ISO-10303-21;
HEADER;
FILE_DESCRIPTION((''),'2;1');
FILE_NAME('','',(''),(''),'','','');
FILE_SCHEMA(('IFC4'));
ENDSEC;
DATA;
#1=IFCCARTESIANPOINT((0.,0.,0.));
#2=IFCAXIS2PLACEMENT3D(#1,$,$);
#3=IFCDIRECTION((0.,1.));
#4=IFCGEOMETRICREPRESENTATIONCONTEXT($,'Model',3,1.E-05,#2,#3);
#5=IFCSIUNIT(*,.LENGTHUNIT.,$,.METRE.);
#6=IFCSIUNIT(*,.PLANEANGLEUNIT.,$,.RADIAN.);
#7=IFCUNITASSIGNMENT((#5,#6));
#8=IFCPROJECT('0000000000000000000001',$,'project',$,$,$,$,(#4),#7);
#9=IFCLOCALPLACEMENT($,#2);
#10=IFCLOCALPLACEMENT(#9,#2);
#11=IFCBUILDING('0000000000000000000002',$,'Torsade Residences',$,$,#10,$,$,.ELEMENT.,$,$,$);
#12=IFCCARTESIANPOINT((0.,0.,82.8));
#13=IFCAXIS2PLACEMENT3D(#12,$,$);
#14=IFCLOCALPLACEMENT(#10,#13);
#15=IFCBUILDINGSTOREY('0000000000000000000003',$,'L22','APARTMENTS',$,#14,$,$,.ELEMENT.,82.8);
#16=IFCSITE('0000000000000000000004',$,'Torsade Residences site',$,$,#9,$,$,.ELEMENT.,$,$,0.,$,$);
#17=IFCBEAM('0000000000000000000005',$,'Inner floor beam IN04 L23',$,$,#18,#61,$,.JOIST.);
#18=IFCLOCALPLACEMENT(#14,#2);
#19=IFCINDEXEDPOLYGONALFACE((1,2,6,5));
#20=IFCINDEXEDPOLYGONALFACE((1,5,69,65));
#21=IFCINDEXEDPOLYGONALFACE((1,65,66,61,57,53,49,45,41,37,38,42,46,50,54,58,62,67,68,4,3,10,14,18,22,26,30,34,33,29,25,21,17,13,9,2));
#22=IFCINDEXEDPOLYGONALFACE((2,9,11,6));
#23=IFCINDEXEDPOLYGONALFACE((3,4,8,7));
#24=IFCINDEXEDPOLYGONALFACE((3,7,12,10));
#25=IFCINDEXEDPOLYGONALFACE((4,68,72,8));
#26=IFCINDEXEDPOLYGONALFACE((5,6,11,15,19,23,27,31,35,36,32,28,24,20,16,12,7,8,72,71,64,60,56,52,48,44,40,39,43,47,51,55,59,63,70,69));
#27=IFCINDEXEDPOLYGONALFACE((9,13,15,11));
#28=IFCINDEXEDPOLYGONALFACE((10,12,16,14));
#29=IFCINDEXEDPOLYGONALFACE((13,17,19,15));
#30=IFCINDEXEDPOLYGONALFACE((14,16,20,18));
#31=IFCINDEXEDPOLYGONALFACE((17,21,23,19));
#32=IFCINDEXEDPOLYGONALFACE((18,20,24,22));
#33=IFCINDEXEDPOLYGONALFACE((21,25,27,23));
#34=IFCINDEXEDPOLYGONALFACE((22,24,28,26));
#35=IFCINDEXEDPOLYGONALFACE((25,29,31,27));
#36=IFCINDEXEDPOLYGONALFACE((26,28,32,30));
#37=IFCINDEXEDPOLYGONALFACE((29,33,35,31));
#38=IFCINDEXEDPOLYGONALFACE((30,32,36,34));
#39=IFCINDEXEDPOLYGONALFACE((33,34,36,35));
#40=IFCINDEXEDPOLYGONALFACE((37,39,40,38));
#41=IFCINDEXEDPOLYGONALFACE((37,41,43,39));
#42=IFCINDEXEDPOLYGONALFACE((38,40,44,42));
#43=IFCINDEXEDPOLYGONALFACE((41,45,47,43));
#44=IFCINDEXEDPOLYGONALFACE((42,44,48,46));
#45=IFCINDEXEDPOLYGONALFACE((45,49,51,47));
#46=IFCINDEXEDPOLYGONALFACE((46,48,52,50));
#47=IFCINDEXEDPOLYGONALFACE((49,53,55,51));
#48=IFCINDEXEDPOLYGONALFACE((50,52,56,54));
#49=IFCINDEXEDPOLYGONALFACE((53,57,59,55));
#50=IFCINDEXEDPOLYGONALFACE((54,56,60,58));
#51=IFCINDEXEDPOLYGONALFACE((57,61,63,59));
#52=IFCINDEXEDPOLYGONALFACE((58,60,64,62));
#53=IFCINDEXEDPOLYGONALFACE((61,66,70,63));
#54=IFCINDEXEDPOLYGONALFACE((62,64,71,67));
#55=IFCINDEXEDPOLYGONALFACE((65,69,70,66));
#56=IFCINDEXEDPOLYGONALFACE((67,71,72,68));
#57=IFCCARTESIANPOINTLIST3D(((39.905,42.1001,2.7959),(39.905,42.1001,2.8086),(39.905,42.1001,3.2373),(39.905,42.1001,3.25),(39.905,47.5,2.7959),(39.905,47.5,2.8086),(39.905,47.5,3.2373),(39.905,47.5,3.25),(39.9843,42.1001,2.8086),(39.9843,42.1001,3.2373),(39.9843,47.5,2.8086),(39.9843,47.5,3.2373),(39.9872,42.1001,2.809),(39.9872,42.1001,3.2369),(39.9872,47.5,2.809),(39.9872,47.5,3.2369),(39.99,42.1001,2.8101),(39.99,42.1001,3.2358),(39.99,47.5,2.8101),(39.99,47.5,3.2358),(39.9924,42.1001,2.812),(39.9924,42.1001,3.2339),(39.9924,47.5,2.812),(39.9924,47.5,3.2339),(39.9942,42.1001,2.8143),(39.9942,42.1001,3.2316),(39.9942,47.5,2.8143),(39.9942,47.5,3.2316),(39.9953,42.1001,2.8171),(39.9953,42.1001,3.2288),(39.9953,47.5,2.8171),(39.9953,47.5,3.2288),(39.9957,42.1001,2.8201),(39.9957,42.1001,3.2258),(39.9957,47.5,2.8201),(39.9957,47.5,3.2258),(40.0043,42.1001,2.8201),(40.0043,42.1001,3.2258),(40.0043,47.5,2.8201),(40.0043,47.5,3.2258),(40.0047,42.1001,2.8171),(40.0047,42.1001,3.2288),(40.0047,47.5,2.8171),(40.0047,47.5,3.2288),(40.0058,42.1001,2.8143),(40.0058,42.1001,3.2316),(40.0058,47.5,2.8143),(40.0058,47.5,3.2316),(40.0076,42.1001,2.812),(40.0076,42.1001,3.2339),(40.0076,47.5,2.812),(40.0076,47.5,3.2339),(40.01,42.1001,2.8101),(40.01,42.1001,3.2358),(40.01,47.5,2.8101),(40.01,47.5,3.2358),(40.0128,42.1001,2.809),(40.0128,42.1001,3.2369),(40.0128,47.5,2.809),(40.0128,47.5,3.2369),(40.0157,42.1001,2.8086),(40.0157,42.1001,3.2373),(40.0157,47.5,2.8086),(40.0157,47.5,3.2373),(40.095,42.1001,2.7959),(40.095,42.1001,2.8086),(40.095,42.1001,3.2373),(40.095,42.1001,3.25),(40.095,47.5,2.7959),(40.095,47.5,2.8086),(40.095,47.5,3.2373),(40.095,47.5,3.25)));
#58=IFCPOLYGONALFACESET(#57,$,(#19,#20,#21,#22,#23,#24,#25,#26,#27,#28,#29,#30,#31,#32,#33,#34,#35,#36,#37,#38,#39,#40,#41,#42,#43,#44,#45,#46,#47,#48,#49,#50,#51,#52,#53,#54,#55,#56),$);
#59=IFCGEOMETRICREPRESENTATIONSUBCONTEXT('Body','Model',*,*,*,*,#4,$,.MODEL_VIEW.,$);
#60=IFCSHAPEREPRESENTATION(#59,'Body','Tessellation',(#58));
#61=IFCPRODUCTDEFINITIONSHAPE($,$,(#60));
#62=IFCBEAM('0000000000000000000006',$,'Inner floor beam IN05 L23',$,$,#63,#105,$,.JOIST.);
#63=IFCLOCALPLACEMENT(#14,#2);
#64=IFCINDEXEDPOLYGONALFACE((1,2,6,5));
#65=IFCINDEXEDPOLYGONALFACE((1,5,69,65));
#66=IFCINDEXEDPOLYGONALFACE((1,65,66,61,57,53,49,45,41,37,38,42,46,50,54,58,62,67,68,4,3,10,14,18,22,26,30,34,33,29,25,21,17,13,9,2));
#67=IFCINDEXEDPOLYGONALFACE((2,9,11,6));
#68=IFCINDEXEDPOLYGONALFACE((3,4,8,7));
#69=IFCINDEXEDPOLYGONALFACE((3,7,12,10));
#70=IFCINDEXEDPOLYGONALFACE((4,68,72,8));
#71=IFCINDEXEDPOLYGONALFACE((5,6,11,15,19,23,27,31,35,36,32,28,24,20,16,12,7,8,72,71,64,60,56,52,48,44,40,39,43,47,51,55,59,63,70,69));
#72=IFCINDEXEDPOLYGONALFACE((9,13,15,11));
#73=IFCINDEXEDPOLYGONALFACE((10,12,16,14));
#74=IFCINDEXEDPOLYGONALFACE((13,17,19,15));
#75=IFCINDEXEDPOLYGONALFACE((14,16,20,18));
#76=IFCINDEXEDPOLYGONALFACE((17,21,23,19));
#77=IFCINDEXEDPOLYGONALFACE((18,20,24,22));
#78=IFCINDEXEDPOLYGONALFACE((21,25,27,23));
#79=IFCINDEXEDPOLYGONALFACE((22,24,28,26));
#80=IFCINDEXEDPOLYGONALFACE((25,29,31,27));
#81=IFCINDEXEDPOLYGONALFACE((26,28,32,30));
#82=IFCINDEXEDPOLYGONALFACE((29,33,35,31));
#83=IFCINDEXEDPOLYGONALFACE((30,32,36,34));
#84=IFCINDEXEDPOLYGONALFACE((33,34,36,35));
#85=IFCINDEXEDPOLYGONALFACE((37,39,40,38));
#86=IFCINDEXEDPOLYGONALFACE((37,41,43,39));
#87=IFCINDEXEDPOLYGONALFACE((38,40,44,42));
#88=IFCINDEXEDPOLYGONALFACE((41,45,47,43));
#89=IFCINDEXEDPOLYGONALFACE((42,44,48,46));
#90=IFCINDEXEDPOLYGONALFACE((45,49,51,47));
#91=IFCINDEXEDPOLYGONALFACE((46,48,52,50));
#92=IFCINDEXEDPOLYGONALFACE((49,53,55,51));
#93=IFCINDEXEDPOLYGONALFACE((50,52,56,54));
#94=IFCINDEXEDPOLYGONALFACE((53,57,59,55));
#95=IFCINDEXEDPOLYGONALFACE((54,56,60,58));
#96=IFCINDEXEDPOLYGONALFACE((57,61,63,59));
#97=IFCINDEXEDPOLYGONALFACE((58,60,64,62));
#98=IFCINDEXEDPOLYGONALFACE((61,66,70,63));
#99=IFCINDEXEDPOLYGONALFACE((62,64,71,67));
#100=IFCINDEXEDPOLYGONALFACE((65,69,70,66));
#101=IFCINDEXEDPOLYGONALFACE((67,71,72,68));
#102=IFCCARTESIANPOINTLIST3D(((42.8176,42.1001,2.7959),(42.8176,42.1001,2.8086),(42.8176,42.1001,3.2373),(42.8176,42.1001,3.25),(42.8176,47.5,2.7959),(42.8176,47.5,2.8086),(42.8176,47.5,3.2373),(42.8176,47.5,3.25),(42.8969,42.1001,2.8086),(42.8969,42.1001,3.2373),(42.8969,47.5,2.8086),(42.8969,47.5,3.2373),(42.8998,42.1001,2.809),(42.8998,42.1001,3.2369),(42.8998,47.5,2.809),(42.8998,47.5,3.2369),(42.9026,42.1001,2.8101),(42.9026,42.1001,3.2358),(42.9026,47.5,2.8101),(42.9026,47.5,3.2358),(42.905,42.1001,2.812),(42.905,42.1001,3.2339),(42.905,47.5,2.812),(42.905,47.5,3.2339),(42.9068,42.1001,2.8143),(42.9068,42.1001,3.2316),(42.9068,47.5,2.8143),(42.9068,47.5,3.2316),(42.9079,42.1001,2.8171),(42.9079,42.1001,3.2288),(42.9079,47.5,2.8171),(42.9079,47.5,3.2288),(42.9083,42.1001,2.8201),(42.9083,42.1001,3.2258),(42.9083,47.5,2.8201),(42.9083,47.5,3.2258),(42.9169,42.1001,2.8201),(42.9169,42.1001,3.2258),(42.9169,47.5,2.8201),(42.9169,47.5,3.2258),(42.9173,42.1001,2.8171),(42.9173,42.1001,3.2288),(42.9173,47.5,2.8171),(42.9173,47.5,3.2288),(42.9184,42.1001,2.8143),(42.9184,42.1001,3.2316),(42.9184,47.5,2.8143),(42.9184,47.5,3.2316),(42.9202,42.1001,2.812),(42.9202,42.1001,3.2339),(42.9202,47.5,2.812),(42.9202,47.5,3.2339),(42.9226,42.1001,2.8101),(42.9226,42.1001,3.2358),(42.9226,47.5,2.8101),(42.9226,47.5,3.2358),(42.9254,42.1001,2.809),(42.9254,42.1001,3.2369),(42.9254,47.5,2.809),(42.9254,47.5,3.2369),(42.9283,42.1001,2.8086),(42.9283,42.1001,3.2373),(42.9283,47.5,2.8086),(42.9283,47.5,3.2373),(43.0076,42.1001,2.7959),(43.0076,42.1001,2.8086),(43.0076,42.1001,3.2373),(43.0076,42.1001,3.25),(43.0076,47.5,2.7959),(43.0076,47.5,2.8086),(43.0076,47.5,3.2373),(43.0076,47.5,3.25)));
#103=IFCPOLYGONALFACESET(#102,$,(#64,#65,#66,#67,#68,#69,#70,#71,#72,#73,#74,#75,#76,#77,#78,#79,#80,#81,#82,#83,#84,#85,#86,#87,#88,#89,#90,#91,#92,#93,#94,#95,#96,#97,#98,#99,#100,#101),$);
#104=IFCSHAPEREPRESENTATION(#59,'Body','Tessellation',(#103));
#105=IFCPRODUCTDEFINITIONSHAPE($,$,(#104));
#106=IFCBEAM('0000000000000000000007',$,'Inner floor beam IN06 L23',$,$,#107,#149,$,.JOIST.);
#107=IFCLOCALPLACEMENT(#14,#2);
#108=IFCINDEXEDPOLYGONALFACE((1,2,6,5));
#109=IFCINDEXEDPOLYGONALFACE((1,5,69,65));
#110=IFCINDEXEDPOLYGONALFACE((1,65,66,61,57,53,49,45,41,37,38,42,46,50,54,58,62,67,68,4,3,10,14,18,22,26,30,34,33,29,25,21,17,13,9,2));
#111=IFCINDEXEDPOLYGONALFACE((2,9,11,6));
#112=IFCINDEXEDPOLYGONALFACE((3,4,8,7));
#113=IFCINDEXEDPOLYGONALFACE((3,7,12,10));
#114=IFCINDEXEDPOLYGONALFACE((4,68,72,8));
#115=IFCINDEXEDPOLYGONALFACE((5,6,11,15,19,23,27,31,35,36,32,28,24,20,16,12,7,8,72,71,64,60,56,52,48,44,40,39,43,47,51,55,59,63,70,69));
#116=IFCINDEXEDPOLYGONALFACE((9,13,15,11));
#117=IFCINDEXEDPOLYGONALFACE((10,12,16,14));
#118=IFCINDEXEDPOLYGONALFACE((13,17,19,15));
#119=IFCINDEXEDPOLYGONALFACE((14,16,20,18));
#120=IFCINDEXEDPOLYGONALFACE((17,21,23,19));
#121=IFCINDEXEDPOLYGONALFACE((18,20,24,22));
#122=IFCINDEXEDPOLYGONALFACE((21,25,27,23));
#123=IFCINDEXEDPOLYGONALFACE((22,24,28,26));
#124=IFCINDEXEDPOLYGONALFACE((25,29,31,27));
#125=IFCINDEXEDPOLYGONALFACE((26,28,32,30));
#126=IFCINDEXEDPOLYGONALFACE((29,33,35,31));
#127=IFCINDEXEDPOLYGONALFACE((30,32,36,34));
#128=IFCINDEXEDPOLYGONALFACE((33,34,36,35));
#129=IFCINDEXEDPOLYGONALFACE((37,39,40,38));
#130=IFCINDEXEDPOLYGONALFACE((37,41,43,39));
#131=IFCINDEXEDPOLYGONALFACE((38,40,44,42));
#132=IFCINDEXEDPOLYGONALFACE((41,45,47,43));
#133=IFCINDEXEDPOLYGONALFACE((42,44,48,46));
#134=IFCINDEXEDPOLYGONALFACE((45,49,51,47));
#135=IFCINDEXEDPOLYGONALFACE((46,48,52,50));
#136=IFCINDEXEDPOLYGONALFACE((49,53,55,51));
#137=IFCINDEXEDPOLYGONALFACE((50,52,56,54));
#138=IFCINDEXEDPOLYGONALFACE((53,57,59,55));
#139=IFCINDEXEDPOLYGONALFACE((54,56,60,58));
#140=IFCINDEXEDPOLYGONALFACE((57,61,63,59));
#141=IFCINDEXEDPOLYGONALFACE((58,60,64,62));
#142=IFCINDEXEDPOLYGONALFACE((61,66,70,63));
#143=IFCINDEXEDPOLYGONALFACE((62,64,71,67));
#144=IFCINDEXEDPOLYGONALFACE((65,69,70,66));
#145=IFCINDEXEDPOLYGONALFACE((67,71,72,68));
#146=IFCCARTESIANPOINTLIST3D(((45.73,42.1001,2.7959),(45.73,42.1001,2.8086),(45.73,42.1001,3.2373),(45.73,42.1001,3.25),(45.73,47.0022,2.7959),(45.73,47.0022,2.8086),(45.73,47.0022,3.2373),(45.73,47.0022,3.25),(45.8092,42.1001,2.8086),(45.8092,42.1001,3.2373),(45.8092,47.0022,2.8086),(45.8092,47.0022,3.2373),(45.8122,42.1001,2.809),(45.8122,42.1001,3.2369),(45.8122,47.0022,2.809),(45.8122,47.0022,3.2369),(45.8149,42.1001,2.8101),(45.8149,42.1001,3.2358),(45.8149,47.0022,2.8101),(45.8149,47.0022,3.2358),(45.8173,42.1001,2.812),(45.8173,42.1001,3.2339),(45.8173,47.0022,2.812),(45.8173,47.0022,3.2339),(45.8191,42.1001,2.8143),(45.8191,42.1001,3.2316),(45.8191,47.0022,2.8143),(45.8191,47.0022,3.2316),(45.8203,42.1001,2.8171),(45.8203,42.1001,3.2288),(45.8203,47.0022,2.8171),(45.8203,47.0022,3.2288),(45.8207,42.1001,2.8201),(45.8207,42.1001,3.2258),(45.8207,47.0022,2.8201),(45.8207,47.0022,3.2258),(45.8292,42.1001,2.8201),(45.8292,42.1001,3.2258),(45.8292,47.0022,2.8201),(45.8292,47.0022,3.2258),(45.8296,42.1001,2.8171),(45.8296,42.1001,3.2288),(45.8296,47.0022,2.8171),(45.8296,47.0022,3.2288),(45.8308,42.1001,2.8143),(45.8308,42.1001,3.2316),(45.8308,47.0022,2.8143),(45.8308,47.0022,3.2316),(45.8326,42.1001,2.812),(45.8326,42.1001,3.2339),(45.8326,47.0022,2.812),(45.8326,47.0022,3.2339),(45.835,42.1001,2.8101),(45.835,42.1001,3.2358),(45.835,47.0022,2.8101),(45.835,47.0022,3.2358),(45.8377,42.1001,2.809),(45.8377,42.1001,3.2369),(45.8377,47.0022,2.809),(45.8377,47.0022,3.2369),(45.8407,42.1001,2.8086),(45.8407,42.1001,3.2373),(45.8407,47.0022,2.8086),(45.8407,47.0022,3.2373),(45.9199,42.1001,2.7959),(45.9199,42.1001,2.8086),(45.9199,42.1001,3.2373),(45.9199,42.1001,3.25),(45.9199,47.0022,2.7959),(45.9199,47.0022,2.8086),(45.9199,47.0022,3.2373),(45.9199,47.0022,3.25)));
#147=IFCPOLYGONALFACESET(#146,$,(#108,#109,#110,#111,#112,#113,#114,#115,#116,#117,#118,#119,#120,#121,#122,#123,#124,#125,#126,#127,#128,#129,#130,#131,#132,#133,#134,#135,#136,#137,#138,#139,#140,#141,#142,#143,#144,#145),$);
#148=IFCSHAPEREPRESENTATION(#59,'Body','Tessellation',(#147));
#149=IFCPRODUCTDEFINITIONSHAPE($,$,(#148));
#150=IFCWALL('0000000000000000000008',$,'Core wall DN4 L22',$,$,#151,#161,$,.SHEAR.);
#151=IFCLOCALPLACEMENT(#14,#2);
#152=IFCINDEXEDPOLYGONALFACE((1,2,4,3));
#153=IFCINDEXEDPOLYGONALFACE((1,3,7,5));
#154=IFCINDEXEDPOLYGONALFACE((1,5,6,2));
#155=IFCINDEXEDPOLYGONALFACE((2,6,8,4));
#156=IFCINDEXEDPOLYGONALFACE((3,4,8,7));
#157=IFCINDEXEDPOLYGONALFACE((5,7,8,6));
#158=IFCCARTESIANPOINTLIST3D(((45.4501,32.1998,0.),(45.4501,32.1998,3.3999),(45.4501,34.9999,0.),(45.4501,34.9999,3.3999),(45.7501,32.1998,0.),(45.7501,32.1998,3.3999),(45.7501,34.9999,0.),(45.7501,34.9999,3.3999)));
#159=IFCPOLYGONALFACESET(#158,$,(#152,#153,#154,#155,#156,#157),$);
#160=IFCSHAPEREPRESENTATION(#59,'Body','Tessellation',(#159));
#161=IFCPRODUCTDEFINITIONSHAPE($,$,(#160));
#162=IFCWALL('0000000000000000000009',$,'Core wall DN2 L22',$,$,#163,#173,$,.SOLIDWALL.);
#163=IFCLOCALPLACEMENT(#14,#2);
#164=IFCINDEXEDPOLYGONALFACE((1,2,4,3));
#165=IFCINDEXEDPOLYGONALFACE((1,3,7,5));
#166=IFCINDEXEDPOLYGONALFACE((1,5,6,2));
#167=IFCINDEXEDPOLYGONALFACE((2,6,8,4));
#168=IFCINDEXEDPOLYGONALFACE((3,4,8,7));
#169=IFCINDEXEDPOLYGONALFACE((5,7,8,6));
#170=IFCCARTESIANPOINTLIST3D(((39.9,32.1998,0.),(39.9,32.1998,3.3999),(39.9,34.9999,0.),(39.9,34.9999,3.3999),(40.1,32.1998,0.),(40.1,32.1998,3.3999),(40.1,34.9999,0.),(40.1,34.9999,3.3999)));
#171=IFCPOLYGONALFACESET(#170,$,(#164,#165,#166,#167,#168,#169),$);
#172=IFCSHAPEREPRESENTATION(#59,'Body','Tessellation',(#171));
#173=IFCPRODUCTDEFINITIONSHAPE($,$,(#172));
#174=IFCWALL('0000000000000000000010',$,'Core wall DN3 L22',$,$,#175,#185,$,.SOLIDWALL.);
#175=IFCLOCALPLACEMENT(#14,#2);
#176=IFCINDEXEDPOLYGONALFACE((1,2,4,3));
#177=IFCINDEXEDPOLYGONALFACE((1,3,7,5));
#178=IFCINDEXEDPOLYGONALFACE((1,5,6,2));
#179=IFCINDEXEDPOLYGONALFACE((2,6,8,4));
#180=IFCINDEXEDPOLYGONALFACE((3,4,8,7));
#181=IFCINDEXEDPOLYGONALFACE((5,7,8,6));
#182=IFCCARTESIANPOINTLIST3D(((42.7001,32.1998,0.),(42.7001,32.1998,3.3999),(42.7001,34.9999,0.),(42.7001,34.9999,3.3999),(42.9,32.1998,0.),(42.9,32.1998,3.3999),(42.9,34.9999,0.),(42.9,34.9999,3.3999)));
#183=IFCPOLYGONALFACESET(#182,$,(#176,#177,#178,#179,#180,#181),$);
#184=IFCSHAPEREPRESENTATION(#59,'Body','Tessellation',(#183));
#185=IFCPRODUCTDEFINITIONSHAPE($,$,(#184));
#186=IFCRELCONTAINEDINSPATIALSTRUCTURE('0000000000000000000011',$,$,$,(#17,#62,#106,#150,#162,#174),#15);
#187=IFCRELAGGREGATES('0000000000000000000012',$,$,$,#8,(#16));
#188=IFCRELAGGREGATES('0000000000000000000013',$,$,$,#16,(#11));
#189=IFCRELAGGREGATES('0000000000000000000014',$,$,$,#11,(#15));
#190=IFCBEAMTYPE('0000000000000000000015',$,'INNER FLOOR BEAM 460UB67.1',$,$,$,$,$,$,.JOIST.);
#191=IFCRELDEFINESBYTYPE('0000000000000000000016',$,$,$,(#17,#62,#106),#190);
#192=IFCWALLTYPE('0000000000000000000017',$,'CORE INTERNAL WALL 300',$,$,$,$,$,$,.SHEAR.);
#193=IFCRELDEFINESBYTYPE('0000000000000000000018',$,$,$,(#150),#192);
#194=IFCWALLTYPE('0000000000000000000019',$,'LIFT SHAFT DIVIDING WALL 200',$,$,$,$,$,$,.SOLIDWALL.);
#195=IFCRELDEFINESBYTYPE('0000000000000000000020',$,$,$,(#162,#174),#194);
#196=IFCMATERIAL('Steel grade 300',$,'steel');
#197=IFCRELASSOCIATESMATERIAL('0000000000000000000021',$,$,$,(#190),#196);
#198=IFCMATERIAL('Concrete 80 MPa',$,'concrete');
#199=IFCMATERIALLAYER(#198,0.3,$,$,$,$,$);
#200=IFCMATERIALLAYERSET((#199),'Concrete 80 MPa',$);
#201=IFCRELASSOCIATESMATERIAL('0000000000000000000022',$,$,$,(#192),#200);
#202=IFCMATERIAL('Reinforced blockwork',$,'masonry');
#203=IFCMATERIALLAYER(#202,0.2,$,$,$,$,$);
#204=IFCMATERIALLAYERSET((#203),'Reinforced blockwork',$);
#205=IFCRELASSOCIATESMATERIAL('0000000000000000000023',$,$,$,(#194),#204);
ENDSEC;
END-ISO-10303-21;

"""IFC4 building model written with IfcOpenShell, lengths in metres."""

from ifc_helpers import new_model, si_unit, direction, frame, frame_2d, origin, origin_2d, place, context, subcontext, project, spatial, rectangle, i_section, extrude, material, layer, layer_set, material_profile, profile_set, type_object, element, save


model = new_model("IFC4")

# Units and contexts
model_context = context("Model", 3, precision=1e-05, world=origin(), true_north=direction((0.0, 1.0)))
body_context = subcontext(model_context, "Body", "Model", "MODEL_VIEW")
ifc_project = project(units=[si_unit("LENGTHUNIT", "METRE"), si_unit("PLANEANGLEUNIT", "RADIAN")], contexts=[model_context])

# Site, building, storey
site_placement = place(None, origin())
site = spatial("IfcSite", under=ifc_project, at=site_placement, Name="Torsade Residences site", CompositionType="ELEMENT", RefElevation=0.0)
building_placement = place(site_placement, origin())
building = spatial("IfcBuilding", under=site, at=building_placement, Name="Torsade Residences", CompositionType="ELEMENT")
storey_placement = place(building_placement, frame((0.0, 0.0, 82.8)))
storey = spatial("IfcBuildingStorey", under=building, at=storey_placement, Name="L22", Description="APARTMENTS", CompositionType="ELEMENT", Elevation=82.8)

# Beams
ifc_material_1 = material(Name="Steel grade 300", Category="steel")
ifc_material_profile = material_profile(ifc_material_1, i_section(OverallWidth=0.1899, OverallDepth=0.4541, WebThickness=0.0085, FlangeThickness=0.0127, FilletRadius=0.0115, at=origin_2d()), Name="460UB67.1")
ifc_profile_set = profile_set([ifc_material_profile], Name="Steel grade 300")
beam_type = type_object("IfcBeamType", Name="INNER FLOOR BEAM 460UB67.1", PredefinedType="JOIST", material=ifc_profile_set)
for number, where, z_axis, x_axis, name in (
    (1, (40.0, 42.1001, 3.0229), (0.0, 1.0, 0.0), (-1.0, 0.0, 0.0), "Inner floor beam IN04 L23"),
    (2, (42.9126, 42.1001, 3.0229), (0.0, 1.0, 0.0), (-1.0, 0.0, 0.0), "Inner floor beam IN05 L23"),
):
    element("IfcBeam", number, at=place(storey_placement, frame(where, z_axis=z_axis, x_axis=x_axis)), inside=storey, type_object=beam_type, Name=name, PredefinedType="JOIST", context=body_context, shape_type="SweptSolid", body=[
        extrude(i_section(OverallWidth=0.1899, OverallDepth=0.4541, WebThickness=0.0085, FlangeThickness=0.0127, FilletRadius=0.0115, at=origin_2d()), origin(), (0.0, 0.0, 1.0), 5.3999),
    ])
beam_placement = place(storey_placement, frame((45.825, 42.1001, 3.0229), z_axis=(0.0, 1.0, 0.0), x_axis=(-1.0, 0.0, 0.0)))
element("IfcBeam", 3, at=beam_placement, inside=storey, type_object=beam_type, Name="Inner floor beam IN06 L23", PredefinedType="JOIST", context=body_context, shape_type="SweptSolid", body=[
    extrude(i_section(OverallWidth=0.1899, OverallDepth=0.4541, WebThickness=0.0085, FlangeThickness=0.0127, FilletRadius=0.0115, at=origin_2d()), origin(), (0.0, 0.0, 1.0), 4.9021),
])

# Walls
ifc_material_2 = material(Name="Concrete 80 MPa", Category="concrete")
ifc_layer_1 = layer(ifc_material_2, 0.3)
ifc_layer_set_1 = layer_set([ifc_layer_1], Name="Concrete 80 MPa")
wall_type_1 = type_object("IfcWallType", Name="CORE INTERNAL WALL 300", PredefinedType="SHEAR", material=ifc_layer_set_1)
wall_1_placement = place(storey_placement, frame((45.6001, 32.2, 0.0), z_axis=(0.0, 0.0, 1.0), x_axis=(0.0, 1.0, 0.0)))
element("IfcWall", 4, at=wall_1_placement, inside=storey, type_object=wall_type_1, Name="Core wall DN4 L22", PredefinedType="SHEAR", context=body_context, shape_type="SweptSolid", body=[
    extrude(rectangle(XDim=2.8, YDim=0.3, at=frame_2d((1.3999, 0.0))), origin(), (0.0, 0.0, 1.0), 3.3999),
])
ifc_material_3 = material(Name="Reinforced blockwork", Category="masonry")
ifc_layer_2 = layer(ifc_material_3, 0.2)
ifc_layer_set_2 = layer_set([ifc_layer_2], Name="Reinforced blockwork")
wall_type_2 = type_object("IfcWallType", Name="LIFT SHAFT DIVIDING WALL 200", PredefinedType="SOLIDWALL", material=ifc_layer_set_2)
for number, where, z_axis, x_axis, name in (
    (5, (40.0, 32.2, 0.0), (0.0, 0.0, 1.0), (0.0, 1.0, 0.0), "Core wall DN2 L22"),
    (6, (42.8, 32.2, 0.0), (0.0, 0.0, 1.0), (0.0, 1.0, 0.0), "Core wall DN3 L22"),
):
    element("IfcWall", number, at=place(storey_placement, frame(where, z_axis=z_axis, x_axis=x_axis)), inside=storey, type_object=wall_type_2, Name=name, PredefinedType="SOLIDWALL", context=body_context, shape_type="SweptSolid", body=[
        extrude(rectangle(XDim=2.8, YDim=0.2, at=frame_2d((1.3999, 0.0))), origin(), (0.0, 0.0, 1.0), 3.3999),
    ])

save(model, "model.ifc")
